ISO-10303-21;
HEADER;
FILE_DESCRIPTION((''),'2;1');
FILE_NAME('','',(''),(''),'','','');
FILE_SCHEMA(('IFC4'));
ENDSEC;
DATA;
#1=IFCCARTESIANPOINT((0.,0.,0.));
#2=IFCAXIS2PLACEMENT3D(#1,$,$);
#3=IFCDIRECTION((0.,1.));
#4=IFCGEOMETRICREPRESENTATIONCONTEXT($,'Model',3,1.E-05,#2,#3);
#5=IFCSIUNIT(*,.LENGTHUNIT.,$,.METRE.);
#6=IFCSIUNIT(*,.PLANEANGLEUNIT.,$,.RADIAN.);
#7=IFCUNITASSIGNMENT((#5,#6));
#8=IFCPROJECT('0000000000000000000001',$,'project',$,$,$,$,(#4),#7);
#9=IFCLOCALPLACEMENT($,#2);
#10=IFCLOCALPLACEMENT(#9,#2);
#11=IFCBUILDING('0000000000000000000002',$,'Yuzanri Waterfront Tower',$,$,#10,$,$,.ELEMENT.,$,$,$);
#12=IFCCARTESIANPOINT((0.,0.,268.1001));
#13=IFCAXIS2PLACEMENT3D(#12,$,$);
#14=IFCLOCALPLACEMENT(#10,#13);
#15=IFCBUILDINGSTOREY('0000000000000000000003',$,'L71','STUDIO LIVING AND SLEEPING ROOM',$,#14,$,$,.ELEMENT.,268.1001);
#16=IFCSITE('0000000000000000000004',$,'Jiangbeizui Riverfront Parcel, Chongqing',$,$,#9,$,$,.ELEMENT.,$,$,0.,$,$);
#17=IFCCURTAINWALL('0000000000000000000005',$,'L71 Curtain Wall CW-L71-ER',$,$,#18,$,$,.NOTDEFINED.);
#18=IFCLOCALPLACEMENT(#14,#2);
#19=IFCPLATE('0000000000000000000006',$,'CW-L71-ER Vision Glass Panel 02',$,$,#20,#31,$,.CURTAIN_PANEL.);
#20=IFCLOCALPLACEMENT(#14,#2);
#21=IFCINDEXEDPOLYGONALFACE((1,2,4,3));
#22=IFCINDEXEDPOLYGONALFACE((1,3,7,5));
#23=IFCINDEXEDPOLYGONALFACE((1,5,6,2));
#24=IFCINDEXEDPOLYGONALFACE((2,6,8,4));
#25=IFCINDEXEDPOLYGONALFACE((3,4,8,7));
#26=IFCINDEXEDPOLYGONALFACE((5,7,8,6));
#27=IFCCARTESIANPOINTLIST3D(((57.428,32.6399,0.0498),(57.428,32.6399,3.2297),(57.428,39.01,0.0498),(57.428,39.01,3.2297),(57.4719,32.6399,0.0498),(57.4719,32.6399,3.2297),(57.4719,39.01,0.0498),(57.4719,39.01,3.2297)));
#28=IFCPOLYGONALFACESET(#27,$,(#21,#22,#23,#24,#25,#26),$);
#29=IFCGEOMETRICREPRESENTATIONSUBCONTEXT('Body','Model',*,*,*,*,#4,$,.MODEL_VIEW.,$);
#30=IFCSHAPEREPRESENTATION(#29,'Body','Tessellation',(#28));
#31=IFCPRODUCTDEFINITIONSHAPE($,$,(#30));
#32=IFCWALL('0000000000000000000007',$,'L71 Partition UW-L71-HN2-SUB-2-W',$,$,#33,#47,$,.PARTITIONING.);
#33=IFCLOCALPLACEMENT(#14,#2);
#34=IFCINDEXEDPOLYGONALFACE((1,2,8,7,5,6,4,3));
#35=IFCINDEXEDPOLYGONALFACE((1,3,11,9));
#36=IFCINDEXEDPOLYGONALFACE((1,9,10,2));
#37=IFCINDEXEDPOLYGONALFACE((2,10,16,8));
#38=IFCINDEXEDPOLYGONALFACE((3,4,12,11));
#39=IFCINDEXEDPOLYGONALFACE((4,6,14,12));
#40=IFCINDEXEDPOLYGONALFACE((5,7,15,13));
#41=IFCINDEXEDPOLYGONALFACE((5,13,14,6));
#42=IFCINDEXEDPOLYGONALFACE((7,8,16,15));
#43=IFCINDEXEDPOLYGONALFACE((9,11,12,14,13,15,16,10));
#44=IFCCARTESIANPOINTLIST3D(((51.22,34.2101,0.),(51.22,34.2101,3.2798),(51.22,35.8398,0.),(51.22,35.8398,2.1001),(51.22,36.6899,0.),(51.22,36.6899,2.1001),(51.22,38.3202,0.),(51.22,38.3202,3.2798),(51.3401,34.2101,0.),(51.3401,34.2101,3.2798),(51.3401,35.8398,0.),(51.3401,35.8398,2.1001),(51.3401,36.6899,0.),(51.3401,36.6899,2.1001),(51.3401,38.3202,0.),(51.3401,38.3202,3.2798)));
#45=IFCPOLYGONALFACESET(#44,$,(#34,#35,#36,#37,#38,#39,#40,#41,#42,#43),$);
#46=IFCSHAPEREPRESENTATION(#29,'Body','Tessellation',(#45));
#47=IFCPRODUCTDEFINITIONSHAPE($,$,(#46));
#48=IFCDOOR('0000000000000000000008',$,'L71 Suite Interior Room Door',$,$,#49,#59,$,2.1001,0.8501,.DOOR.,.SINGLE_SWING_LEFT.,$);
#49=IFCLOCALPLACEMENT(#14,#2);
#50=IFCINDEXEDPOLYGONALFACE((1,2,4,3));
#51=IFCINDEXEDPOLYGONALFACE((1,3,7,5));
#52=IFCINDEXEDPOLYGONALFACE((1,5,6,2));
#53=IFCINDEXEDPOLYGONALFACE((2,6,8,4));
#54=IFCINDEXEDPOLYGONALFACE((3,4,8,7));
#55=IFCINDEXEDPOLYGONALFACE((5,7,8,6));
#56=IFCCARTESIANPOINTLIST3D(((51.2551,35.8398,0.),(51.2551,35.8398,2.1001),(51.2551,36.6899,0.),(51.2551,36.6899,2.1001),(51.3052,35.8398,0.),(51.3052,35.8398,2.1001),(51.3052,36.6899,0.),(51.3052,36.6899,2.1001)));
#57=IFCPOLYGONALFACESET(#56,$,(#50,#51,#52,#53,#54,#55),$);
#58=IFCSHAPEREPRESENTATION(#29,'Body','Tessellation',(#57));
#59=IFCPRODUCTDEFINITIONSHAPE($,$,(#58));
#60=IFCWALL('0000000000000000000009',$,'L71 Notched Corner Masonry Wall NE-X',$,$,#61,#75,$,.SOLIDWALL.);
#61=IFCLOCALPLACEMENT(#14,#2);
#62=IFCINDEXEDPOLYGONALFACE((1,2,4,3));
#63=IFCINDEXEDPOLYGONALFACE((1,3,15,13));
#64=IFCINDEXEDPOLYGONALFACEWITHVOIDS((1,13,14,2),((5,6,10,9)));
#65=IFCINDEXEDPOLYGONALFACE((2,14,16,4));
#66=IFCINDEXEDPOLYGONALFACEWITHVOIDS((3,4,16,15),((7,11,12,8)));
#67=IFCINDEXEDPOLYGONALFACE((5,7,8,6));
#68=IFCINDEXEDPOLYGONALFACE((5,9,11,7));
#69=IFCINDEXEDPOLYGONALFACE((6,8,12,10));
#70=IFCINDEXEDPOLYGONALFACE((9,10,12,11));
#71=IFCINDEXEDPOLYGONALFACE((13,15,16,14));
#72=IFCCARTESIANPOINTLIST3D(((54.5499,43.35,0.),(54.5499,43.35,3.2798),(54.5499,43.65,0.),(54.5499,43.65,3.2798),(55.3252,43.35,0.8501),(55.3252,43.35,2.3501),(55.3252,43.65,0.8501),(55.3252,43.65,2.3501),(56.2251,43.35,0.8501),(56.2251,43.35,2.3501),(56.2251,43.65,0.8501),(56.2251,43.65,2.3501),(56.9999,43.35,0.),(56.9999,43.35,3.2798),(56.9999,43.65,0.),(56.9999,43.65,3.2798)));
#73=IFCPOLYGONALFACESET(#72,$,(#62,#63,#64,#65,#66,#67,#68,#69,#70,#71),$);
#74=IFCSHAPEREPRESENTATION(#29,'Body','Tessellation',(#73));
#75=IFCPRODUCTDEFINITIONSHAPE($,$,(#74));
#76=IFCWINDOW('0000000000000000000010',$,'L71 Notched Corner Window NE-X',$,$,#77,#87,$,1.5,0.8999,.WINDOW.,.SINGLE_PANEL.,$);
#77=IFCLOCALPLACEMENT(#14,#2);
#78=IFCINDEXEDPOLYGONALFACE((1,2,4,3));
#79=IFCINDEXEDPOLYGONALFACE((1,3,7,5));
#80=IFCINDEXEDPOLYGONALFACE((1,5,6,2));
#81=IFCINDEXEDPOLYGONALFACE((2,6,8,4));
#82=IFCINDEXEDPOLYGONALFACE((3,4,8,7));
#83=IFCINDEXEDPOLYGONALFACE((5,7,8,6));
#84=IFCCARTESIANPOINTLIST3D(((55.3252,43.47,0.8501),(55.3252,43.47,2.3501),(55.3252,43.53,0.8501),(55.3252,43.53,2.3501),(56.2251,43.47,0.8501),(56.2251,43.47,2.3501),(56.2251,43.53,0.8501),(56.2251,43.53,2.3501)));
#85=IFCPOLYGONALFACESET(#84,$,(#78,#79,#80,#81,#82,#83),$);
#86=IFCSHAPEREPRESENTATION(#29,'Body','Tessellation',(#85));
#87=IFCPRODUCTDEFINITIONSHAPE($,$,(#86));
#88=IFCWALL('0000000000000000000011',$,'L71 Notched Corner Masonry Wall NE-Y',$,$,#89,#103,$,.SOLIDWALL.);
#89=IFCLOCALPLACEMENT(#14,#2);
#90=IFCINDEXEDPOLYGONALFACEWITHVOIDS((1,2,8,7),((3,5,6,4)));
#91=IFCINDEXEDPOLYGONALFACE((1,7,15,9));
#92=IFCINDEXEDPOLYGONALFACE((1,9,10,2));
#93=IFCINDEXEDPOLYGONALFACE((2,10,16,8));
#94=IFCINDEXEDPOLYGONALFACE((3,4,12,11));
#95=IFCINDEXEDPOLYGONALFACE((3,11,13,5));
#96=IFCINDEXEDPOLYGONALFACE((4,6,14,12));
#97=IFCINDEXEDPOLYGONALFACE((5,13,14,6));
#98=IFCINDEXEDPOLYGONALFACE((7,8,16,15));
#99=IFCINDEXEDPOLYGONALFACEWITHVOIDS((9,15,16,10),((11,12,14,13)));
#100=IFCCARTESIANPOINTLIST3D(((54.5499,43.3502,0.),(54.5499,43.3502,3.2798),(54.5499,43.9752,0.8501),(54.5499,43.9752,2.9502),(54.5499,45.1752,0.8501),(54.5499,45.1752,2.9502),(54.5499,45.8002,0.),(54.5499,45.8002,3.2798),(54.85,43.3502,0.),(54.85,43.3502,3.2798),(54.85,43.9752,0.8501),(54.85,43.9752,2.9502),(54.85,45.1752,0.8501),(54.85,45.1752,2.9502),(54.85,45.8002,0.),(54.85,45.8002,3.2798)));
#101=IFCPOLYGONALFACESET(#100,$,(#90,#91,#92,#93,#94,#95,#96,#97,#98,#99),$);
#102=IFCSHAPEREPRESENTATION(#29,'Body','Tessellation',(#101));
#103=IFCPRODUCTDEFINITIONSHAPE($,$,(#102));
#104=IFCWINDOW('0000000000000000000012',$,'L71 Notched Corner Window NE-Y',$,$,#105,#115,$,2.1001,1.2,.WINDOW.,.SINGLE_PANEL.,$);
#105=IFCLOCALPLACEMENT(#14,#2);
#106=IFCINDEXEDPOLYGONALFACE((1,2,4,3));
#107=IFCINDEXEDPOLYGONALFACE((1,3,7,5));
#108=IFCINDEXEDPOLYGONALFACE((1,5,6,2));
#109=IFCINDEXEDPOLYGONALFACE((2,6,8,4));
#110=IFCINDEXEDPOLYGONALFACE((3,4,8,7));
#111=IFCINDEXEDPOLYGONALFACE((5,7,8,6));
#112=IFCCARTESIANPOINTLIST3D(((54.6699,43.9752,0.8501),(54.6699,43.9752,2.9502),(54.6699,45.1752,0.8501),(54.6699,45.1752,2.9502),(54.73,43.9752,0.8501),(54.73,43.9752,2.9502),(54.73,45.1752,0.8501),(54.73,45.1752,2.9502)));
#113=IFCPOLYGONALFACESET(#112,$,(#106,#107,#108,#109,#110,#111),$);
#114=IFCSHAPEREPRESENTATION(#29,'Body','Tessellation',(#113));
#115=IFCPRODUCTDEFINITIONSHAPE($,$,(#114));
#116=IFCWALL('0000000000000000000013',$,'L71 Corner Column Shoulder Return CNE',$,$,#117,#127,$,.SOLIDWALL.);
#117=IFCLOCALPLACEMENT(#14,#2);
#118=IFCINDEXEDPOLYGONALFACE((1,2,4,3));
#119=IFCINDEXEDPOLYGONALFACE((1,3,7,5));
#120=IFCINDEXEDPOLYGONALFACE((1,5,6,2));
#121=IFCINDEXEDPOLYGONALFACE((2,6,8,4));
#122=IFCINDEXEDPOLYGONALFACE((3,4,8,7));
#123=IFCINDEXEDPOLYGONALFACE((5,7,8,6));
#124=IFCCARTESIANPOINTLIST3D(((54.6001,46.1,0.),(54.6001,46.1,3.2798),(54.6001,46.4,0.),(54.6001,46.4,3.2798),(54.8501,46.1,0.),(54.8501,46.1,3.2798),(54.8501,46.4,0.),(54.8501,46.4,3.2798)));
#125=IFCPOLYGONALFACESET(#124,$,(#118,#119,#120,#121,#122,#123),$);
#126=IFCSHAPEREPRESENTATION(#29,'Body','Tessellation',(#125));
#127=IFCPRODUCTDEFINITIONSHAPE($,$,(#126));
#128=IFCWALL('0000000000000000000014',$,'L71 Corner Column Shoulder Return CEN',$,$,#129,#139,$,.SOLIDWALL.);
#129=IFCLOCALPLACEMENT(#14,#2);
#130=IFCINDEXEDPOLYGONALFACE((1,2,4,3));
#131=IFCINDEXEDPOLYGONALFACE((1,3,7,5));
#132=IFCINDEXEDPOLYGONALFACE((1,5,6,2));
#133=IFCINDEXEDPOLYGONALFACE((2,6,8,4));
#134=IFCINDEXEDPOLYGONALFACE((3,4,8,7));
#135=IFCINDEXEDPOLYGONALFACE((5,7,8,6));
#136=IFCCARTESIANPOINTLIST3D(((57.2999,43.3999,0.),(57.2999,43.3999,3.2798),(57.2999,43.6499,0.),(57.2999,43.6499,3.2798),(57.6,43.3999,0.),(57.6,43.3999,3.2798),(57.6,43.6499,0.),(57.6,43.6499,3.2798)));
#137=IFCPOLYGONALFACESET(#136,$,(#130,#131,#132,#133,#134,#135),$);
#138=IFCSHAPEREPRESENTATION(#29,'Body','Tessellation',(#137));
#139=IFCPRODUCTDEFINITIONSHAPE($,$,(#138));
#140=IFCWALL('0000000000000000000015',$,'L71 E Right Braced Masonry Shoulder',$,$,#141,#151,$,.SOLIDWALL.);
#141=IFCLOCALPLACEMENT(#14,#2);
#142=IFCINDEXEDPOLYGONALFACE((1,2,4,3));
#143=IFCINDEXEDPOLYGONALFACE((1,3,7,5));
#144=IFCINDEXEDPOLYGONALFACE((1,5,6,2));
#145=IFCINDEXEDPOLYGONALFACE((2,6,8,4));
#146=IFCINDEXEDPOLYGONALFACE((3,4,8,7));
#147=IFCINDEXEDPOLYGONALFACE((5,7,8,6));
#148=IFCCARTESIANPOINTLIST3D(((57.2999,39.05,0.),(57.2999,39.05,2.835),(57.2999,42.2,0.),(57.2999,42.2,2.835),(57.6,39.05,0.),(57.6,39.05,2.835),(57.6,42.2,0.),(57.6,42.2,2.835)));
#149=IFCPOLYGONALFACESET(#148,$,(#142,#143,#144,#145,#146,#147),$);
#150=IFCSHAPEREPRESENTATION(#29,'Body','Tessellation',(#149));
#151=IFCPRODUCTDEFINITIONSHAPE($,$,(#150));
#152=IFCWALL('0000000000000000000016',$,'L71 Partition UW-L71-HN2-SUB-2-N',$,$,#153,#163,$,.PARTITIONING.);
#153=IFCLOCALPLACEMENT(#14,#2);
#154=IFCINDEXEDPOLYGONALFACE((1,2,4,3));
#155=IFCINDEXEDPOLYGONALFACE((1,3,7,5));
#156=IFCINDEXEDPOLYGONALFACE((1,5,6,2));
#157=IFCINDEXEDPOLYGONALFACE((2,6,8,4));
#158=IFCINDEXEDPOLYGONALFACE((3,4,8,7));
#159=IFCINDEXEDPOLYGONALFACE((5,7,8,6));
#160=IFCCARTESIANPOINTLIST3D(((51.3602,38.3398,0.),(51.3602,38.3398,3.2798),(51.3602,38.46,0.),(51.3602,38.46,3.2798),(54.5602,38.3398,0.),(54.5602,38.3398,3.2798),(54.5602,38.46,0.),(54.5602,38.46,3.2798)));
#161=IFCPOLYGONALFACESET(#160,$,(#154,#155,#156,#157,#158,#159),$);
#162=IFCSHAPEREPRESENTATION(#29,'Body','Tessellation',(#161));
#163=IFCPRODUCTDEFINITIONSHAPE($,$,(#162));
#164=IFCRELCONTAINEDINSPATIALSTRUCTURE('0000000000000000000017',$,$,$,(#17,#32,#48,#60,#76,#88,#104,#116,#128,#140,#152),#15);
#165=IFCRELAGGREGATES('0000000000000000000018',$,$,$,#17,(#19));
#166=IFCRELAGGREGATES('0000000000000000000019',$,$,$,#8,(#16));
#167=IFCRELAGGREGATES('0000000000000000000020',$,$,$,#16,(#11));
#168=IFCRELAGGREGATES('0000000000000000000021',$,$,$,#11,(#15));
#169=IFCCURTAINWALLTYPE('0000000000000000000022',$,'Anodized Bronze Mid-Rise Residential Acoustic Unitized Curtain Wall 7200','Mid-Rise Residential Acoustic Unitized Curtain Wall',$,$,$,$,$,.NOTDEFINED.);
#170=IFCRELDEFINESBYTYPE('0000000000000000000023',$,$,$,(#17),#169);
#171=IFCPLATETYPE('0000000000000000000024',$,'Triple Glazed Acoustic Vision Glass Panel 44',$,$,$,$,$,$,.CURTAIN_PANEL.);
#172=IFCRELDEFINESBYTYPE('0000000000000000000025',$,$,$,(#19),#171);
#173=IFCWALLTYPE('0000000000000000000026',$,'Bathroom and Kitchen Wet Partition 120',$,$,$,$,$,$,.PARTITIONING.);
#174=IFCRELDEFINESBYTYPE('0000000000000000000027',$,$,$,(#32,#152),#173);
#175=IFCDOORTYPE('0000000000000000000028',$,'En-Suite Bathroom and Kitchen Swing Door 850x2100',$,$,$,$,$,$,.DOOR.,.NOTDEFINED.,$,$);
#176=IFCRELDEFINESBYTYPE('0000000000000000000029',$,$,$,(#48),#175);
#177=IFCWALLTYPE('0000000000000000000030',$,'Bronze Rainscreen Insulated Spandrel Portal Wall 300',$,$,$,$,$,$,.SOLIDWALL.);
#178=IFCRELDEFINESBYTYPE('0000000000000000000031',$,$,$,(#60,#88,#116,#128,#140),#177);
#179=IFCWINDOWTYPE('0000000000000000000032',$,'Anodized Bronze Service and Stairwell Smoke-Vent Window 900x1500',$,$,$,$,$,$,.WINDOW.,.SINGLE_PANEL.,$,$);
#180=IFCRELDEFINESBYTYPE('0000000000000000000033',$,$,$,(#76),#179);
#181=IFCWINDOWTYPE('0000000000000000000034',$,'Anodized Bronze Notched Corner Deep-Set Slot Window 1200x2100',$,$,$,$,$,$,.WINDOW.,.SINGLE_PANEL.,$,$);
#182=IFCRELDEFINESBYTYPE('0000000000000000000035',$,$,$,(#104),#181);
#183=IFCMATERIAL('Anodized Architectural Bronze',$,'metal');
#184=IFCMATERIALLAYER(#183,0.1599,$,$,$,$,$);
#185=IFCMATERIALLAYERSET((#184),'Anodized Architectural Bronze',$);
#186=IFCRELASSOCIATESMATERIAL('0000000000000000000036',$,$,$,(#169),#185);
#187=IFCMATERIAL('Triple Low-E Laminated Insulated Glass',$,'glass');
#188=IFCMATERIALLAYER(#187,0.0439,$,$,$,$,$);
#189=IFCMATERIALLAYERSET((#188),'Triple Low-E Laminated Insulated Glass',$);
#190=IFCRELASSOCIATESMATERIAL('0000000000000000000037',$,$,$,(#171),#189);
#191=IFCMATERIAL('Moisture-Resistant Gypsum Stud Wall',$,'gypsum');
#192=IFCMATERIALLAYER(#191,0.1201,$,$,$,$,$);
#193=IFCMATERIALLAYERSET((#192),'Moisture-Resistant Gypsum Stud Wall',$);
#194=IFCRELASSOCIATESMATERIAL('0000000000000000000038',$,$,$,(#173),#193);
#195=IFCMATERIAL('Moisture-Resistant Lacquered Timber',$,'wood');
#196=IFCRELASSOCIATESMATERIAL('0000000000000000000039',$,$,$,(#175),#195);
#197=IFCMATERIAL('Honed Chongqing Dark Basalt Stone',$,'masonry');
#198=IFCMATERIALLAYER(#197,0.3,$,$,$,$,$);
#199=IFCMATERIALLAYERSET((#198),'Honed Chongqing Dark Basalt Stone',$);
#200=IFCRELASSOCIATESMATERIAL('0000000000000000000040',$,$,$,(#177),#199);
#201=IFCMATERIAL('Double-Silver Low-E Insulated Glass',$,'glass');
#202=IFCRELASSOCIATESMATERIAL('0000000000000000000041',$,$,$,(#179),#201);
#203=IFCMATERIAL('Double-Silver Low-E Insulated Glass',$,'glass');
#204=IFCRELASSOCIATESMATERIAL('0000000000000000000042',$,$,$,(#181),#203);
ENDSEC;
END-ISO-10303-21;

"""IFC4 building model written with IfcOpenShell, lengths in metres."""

from ifc_helpers import new_model, si_unit, direction, frame, frame_2d, origin, origin_2d, place, context, subcontext, project, spatial, rectangle, extrude, source, transform, mapped, material, layer, layer_set, type_object, element, fill, aggregate, save


model = new_model("IFC4")

# Units and contexts
model_context = context("Model", 3, precision=1e-05, world=origin(), true_north=direction((0.0, 1.0)))
body_context = subcontext(model_context, "Body", "Model", "MODEL_VIEW")
ifc_project = project(units=[si_unit("LENGTHUNIT", "METRE"), si_unit("PLANEANGLEUNIT", "RADIAN")], contexts=[model_context])

# Site, building, storey
site_placement = place(None, origin())
site = spatial("IfcSite", under=ifc_project, at=site_placement, Name="Jiangbeizui Riverfront Parcel, Chongqing", CompositionType="ELEMENT", RefElevation=0.0)
building_placement = place(site_placement, origin())
building = spatial("IfcBuilding", under=site, at=building_placement, Name="Yuzanri Waterfront Tower", CompositionType="ELEMENT")
storey_placement = place(building_placement, frame((0.0, 0.0, 268.1001)))
storey = spatial("IfcBuildingStorey", under=building, at=storey_placement, Name="L71", Description="STUDIO LIVING AND SLEEPING ROOM", CompositionType="ELEMENT", Elevation=268.1001)

# Curtain wall
ifc_material_1 = material(Name="Anodized Architectural Bronze", Category="metal")
ifc_layer_1 = layer(ifc_material_1, 0.1599)
ifc_layer_set_1 = layer_set([ifc_layer_1], Name="Anodized Architectural Bronze")
curtain_wall_type = type_object("IfcCurtainWallType", Name="Anodized Bronze Mid-Rise Residential Acoustic Unitized Curtain Wall 7200", Description="Mid-Rise Residential Acoustic Unitized Curtain Wall", PredefinedType="NOTDEFINED", material=ifc_layer_set_1)
curtain_wall_placement = place(storey_placement, origin())
curtain_wall = element("IfcCurtainWall", 1, at=curtain_wall_placement, inside=storey, type_object=curtain_wall_type, Name="L71 Curtain Wall CW-L71-ER", PredefinedType="NOTDEFINED")

# Plate
ifc_material_2 = material(Name="Triple Low-E Laminated Insulated Glass", Category="glass")
ifc_layer_2 = layer(ifc_material_2, 0.0439)
ifc_layer_set_2 = layer_set([ifc_layer_2], Name="Triple Low-E Laminated Insulated Glass")
plate_type_1 = type_object("IfcPlateType", Name="Triple Glazed Acoustic Vision Glass Panel 44", PredefinedType="CURTAIN_PANEL", material=ifc_layer_set_2)
shared_shape_1 = source(origin(), body_context, "Body", "SweptSolid", [
    extrude(rectangle(XDim=6.3701, YDim=0.0439, at=origin_2d()), origin(), (0.0, 0.0, 1.0), 3.1799),
])
plate_placement = place(storey_placement, frame((57.45, 35.825, 0.0498), z_axis=(0.0, 0.0, 1.0), x_axis=(0.0, 1.0, 0.0)))
plate = element("IfcPlate", 2, at=plate_placement, type_object=plate_type_1, Name="CW-L71-ER Vision Glass Panel 02", PredefinedType="CURTAIN_PANEL", context=body_context, shape_type="MappedRepresentation", body=[
    mapped(shared_shape_1, transform((0.0, 0.0, 0.0), scale=1.0)),
])
aggregate(curtain_wall, [plate])

# Wall, opening, door
ifc_material_3 = material(Name="Moisture-Resistant Gypsum Stud Wall", Category="gypsum")
ifc_layer_3 = layer(ifc_material_3, 0.1201)
ifc_layer_set_3 = layer_set([ifc_layer_3], Name="Moisture-Resistant Gypsum Stud Wall")
wall_type_1 = type_object("IfcWallType", Name="Bathroom and Kitchen Wet Partition 120", PredefinedType="PARTITIONING", material=ifc_layer_set_3)
wall_1_placement = place(storey_placement, frame((51.28, 34.21, 0.0), z_axis=(0.0, 0.0, 1.0), x_axis=(0.0, 1.0, 0.0)))
wall_1 = element("IfcWall", 3, at=wall_1_placement, inside=storey, type_object=wall_type_1, Name="L71 Partition UW-L71-HN2-SUB-2-W", PredefinedType="PARTITIONING", context=body_context, shape_type="SweptSolid", body=[
    extrude(rectangle(XDim=4.1101, YDim=0.1201, at=frame_2d((2.0552, 0.0))), origin(), (0.0, 0.0, 1.0), 3.2798),
])
opening_1_placement = place(wall_1_placement, frame((1.6299, 0.0, 0.0)))
opening_1 = element("IfcOpeningElement", 4, at=opening_1_placement, cuts=wall_1, PredefinedType="OPENING", context=body_context, shape_type="SweptSolid", body=[
    extrude(rectangle(XDim=0.8501, YDim=2.1001, at=frame_2d((0.425, 1.05))), frame((0.0, 0.075, 0.0), z_axis=(0.0, -1.0, 0.0), x_axis=(1.0, 0.0, 0.0)), (0.0, 0.0, 1.0), 0.1499),
])
ifc_material_4 = material(Name="Moisture-Resistant Lacquered Timber", Category="wood")
door_type = type_object("IfcDoorType", Name="En-Suite Bathroom and Kitchen Swing Door 850x2100", OperationType="NOTDEFINED", PredefinedType="DOOR", material=ifc_material_4)
shared_shape_2 = source(origin(), body_context, "Body", "SweptSolid", [
    extrude(rectangle(XDim=0.8501, YDim=2.1001, at=frame_2d((0.425, 1.05))), frame((0.0, 0.0249, 0.0), z_axis=(0.0, -1.0, 0.0), x_axis=(1.0, 0.0, 0.0)), (0.0, 0.0, 1.0), 0.05),
])
door_placement = place(opening_1_placement, origin())
door = element("IfcDoor", 5, at=door_placement, inside=storey, type_object=door_type, Name="L71 Suite Interior Room Door", OperationType="SINGLE_SWING_LEFT", OverallHeight=2.1001, OverallWidth=0.8501, PredefinedType="DOOR", context=body_context, shape_type="MappedRepresentation", body=[
    mapped(shared_shape_2, transform((0.0, 0.0, 0.0), scale=1.0)),
])
fill(opening_1, door)

# Walls, openings, windows
ifc_material_5 = material(Name="Honed Chongqing Dark Basalt Stone", Category="masonry")
ifc_layer_4 = layer(ifc_material_5, 0.3)
ifc_layer_set_4 = layer_set([ifc_layer_4], Name="Honed Chongqing Dark Basalt Stone")
wall_type_2 = type_object("IfcWallType", Name="Bronze Rainscreen Insulated Spandrel Portal Wall 300", PredefinedType="SOLIDWALL", material=ifc_layer_set_4)
wall_2_placement = place(storey_placement, frame((57.0, 43.5, 0.0), z_axis=(0.0, 0.0, 1.0), x_axis=(-1.0, 0.0, 0.0)))
wall_2 = element("IfcWall", 6, at=wall_2_placement, inside=storey, type_object=wall_type_2, Name="L71 Notched Corner Masonry Wall NE-X", PredefinedType="SOLIDWALL", context=body_context, shape_type="SweptSolid", body=[
    extrude(rectangle(XDim=2.45, YDim=0.3, at=frame_2d((1.2251, 0.0))), origin(), (0.0, 0.0, 1.0), 3.2798),
])
opening_2_placement = place(wall_2_placement, frame((0.7749, 0.0, 0.8501)))
opening_2 = element("IfcOpeningElement", 7, at=opening_2_placement, cuts=wall_2, PredefinedType="OPENING", context=body_context, shape_type="SweptSolid", body=[
    extrude(rectangle(XDim=0.8999, YDim=1.5, at=frame_2d((0.45, 0.75))), frame((0.0, 0.165, 0.0), z_axis=(0.0, -1.0, 0.0), x_axis=(1.0, 0.0, 0.0)), (0.0, 0.0, 1.0), 0.3298),
])
ifc_material_6 = material(Name="Double-Silver Low-E Insulated Glass", Category="glass")
window_type_1 = type_object("IfcWindowType", Name="Anodized Bronze Service and Stairwell Smoke-Vent Window 900x1500", PartitioningType="SINGLE_PANEL", PredefinedType="WINDOW", material=ifc_material_6)
shared_shape_3 = source(origin(), body_context, "Body", "SweptSolid", [
    extrude(rectangle(XDim=0.8999, YDim=1.5, at=frame_2d((0.45, 0.75))), frame((0.0, 0.03, 0.0), z_axis=(0.0, -1.0, 0.0), x_axis=(1.0, 0.0, 0.0)), (0.0, 0.0, 1.0), 0.0601),
])
window_1_placement = place(opening_2_placement, origin())
window_1 = element("IfcWindow", 8, at=window_1_placement, inside=storey, type_object=window_type_1, Name="L71 Notched Corner Window NE-X", OverallHeight=1.5, OverallWidth=0.8999, PartitioningType="SINGLE_PANEL", PredefinedType="WINDOW", context=body_context, shape_type="MappedRepresentation", body=[
    mapped(shared_shape_3, transform((0.0, 0.0, 0.0), scale=1.0)),
])
fill(opening_2, window_1)
wall_3_placement = place(storey_placement, frame((54.7, 43.3501, 0.0), z_axis=(0.0, 0.0, 1.0), x_axis=(0.0, 1.0, 0.0)))
wall_3 = element("IfcWall", 9, at=wall_3_placement, inside=storey, type_object=wall_type_2, Name="L71 Notched Corner Masonry Wall NE-Y", PredefinedType="SOLIDWALL", context=body_context, shape_type="SweptSolid", body=[
    extrude(rectangle(XDim=2.45, YDim=0.3, at=frame_2d((1.2251, 0.0))), origin(), (0.0, 0.0, 1.0), 3.2798),
])
opening_3_placement = place(wall_3_placement, frame((0.625, 0.0, 0.8501)))
opening_3 = element("IfcOpeningElement", 10, at=opening_3_placement, cuts=wall_3, PredefinedType="OPENING", context=body_context, shape_type="SweptSolid", body=[
    extrude(rectangle(XDim=1.2, YDim=2.1001, at=frame_2d((0.6001, 1.05))), frame((0.0, 0.165, 0.0), z_axis=(0.0, -1.0, 0.0), x_axis=(1.0, 0.0, 0.0)), (0.0, 0.0, 1.0), 0.3298),
])
ifc_material_7 = material(Name="Double-Silver Low-E Insulated Glass", Category="glass")
window_type_2 = type_object("IfcWindowType", Name="Anodized Bronze Notched Corner Deep-Set Slot Window 1200x2100", PartitioningType="SINGLE_PANEL", PredefinedType="WINDOW", material=ifc_material_7)
shared_shape_4 = source(origin(), body_context, "Body", "SweptSolid", [
    extrude(rectangle(XDim=1.2, YDim=2.1001, at=frame_2d((0.6001, 1.05))), frame((0.0, 0.03, 0.0), z_axis=(0.0, -1.0, 0.0), x_axis=(1.0, 0.0, 0.0)), (0.0, 0.0, 1.0), 0.0601),
])
window_2_placement = place(opening_3_placement, origin())
window_2 = element("IfcWindow", 11, at=window_2_placement, inside=storey, type_object=window_type_2, Name="L71 Notched Corner Window NE-Y", OverallHeight=2.1001, OverallWidth=1.2, PartitioningType="SINGLE_PANEL", PredefinedType="WINDOW", context=body_context, shape_type="MappedRepresentation", body=[
    mapped(shared_shape_4, transform((0.0, 0.0, 0.0), scale=1.0)),
])
fill(opening_3, window_2)

# Walls
shared_shape_5 = source(origin(), body_context, "Body", "SweptSolid", [
    extrude(rectangle(XDim=0.25, YDim=0.3, at=frame_2d((0.125, 0.0))), origin(), (0.0, 0.0, 1.0), 3.2798),
])
for number, where, z_axis, x_axis, name in (
    (12, (54.6001, 46.25, 0.0), (0.0, 0.0, 1.0), (1.0, 0.0, 0.0), "L71 Corner Column Shoulder Return CNE"),
    (13, (57.45, 43.3999, 0.0), (0.0, 0.0, 1.0), (0.0, 1.0, 0.0), "L71 Corner Column Shoulder Return CEN"),
):
    element("IfcWall", number, at=place(storey_placement, frame(where, z_axis=z_axis, x_axis=x_axis)), inside=storey, type_object=wall_type_2, Name=name, PredefinedType="SOLIDWALL", context=body_context, shape_type="MappedRepresentation", body=[
        mapped(shared_shape_5, transform((0.0, 0.0, 0.0), scale=1.0)),
    ])
shared_shape_6 = source(origin(), body_context, "Body", "SweptSolid", [
    extrude(rectangle(XDim=3.1499, YDim=0.3, at=frame_2d((1.575, 0.0))), origin(), (0.0, 0.0, 1.0), 2.835),
])
wall_4_placement = place(storey_placement, frame((57.45, 39.05, 0.0), z_axis=(0.0, 0.0, 1.0), x_axis=(0.0, 1.0, 0.0)))
element("IfcWall", 14, at=wall_4_placement, inside=storey, type_object=wall_type_2, Name="L71 E Right Braced Masonry Shoulder", PredefinedType="SOLIDWALL", context=body_context, shape_type="MappedRepresentation", body=[
    mapped(shared_shape_6, transform((0.0, 0.0, 0.0), scale=1.0)),
])
shared_shape_7 = source(origin(), body_context, "Body", "SweptSolid", [
    extrude(rectangle(XDim=3.2, YDim=0.1201, at=frame_2d((1.6001, 0.0))), origin(), (0.0, 0.0, 1.0), 3.2798),
])
wall_5_placement = place(storey_placement, frame((51.3601, 38.3999, 0.0), z_axis=(0.0, 0.0, 1.0), x_axis=(1.0, 0.0, 0.0)))
element("IfcWall", 15, at=wall_5_placement, inside=storey, type_object=wall_type_1, Name="L71 Partition UW-L71-HN2-SUB-2-N", PredefinedType="PARTITIONING", context=body_context, shape_type="MappedRepresentation", body=[
    mapped(shared_shape_7, transform((0.0, 0.0, 0.0), scale=1.0)),
])

save(model, "model.ifc")
